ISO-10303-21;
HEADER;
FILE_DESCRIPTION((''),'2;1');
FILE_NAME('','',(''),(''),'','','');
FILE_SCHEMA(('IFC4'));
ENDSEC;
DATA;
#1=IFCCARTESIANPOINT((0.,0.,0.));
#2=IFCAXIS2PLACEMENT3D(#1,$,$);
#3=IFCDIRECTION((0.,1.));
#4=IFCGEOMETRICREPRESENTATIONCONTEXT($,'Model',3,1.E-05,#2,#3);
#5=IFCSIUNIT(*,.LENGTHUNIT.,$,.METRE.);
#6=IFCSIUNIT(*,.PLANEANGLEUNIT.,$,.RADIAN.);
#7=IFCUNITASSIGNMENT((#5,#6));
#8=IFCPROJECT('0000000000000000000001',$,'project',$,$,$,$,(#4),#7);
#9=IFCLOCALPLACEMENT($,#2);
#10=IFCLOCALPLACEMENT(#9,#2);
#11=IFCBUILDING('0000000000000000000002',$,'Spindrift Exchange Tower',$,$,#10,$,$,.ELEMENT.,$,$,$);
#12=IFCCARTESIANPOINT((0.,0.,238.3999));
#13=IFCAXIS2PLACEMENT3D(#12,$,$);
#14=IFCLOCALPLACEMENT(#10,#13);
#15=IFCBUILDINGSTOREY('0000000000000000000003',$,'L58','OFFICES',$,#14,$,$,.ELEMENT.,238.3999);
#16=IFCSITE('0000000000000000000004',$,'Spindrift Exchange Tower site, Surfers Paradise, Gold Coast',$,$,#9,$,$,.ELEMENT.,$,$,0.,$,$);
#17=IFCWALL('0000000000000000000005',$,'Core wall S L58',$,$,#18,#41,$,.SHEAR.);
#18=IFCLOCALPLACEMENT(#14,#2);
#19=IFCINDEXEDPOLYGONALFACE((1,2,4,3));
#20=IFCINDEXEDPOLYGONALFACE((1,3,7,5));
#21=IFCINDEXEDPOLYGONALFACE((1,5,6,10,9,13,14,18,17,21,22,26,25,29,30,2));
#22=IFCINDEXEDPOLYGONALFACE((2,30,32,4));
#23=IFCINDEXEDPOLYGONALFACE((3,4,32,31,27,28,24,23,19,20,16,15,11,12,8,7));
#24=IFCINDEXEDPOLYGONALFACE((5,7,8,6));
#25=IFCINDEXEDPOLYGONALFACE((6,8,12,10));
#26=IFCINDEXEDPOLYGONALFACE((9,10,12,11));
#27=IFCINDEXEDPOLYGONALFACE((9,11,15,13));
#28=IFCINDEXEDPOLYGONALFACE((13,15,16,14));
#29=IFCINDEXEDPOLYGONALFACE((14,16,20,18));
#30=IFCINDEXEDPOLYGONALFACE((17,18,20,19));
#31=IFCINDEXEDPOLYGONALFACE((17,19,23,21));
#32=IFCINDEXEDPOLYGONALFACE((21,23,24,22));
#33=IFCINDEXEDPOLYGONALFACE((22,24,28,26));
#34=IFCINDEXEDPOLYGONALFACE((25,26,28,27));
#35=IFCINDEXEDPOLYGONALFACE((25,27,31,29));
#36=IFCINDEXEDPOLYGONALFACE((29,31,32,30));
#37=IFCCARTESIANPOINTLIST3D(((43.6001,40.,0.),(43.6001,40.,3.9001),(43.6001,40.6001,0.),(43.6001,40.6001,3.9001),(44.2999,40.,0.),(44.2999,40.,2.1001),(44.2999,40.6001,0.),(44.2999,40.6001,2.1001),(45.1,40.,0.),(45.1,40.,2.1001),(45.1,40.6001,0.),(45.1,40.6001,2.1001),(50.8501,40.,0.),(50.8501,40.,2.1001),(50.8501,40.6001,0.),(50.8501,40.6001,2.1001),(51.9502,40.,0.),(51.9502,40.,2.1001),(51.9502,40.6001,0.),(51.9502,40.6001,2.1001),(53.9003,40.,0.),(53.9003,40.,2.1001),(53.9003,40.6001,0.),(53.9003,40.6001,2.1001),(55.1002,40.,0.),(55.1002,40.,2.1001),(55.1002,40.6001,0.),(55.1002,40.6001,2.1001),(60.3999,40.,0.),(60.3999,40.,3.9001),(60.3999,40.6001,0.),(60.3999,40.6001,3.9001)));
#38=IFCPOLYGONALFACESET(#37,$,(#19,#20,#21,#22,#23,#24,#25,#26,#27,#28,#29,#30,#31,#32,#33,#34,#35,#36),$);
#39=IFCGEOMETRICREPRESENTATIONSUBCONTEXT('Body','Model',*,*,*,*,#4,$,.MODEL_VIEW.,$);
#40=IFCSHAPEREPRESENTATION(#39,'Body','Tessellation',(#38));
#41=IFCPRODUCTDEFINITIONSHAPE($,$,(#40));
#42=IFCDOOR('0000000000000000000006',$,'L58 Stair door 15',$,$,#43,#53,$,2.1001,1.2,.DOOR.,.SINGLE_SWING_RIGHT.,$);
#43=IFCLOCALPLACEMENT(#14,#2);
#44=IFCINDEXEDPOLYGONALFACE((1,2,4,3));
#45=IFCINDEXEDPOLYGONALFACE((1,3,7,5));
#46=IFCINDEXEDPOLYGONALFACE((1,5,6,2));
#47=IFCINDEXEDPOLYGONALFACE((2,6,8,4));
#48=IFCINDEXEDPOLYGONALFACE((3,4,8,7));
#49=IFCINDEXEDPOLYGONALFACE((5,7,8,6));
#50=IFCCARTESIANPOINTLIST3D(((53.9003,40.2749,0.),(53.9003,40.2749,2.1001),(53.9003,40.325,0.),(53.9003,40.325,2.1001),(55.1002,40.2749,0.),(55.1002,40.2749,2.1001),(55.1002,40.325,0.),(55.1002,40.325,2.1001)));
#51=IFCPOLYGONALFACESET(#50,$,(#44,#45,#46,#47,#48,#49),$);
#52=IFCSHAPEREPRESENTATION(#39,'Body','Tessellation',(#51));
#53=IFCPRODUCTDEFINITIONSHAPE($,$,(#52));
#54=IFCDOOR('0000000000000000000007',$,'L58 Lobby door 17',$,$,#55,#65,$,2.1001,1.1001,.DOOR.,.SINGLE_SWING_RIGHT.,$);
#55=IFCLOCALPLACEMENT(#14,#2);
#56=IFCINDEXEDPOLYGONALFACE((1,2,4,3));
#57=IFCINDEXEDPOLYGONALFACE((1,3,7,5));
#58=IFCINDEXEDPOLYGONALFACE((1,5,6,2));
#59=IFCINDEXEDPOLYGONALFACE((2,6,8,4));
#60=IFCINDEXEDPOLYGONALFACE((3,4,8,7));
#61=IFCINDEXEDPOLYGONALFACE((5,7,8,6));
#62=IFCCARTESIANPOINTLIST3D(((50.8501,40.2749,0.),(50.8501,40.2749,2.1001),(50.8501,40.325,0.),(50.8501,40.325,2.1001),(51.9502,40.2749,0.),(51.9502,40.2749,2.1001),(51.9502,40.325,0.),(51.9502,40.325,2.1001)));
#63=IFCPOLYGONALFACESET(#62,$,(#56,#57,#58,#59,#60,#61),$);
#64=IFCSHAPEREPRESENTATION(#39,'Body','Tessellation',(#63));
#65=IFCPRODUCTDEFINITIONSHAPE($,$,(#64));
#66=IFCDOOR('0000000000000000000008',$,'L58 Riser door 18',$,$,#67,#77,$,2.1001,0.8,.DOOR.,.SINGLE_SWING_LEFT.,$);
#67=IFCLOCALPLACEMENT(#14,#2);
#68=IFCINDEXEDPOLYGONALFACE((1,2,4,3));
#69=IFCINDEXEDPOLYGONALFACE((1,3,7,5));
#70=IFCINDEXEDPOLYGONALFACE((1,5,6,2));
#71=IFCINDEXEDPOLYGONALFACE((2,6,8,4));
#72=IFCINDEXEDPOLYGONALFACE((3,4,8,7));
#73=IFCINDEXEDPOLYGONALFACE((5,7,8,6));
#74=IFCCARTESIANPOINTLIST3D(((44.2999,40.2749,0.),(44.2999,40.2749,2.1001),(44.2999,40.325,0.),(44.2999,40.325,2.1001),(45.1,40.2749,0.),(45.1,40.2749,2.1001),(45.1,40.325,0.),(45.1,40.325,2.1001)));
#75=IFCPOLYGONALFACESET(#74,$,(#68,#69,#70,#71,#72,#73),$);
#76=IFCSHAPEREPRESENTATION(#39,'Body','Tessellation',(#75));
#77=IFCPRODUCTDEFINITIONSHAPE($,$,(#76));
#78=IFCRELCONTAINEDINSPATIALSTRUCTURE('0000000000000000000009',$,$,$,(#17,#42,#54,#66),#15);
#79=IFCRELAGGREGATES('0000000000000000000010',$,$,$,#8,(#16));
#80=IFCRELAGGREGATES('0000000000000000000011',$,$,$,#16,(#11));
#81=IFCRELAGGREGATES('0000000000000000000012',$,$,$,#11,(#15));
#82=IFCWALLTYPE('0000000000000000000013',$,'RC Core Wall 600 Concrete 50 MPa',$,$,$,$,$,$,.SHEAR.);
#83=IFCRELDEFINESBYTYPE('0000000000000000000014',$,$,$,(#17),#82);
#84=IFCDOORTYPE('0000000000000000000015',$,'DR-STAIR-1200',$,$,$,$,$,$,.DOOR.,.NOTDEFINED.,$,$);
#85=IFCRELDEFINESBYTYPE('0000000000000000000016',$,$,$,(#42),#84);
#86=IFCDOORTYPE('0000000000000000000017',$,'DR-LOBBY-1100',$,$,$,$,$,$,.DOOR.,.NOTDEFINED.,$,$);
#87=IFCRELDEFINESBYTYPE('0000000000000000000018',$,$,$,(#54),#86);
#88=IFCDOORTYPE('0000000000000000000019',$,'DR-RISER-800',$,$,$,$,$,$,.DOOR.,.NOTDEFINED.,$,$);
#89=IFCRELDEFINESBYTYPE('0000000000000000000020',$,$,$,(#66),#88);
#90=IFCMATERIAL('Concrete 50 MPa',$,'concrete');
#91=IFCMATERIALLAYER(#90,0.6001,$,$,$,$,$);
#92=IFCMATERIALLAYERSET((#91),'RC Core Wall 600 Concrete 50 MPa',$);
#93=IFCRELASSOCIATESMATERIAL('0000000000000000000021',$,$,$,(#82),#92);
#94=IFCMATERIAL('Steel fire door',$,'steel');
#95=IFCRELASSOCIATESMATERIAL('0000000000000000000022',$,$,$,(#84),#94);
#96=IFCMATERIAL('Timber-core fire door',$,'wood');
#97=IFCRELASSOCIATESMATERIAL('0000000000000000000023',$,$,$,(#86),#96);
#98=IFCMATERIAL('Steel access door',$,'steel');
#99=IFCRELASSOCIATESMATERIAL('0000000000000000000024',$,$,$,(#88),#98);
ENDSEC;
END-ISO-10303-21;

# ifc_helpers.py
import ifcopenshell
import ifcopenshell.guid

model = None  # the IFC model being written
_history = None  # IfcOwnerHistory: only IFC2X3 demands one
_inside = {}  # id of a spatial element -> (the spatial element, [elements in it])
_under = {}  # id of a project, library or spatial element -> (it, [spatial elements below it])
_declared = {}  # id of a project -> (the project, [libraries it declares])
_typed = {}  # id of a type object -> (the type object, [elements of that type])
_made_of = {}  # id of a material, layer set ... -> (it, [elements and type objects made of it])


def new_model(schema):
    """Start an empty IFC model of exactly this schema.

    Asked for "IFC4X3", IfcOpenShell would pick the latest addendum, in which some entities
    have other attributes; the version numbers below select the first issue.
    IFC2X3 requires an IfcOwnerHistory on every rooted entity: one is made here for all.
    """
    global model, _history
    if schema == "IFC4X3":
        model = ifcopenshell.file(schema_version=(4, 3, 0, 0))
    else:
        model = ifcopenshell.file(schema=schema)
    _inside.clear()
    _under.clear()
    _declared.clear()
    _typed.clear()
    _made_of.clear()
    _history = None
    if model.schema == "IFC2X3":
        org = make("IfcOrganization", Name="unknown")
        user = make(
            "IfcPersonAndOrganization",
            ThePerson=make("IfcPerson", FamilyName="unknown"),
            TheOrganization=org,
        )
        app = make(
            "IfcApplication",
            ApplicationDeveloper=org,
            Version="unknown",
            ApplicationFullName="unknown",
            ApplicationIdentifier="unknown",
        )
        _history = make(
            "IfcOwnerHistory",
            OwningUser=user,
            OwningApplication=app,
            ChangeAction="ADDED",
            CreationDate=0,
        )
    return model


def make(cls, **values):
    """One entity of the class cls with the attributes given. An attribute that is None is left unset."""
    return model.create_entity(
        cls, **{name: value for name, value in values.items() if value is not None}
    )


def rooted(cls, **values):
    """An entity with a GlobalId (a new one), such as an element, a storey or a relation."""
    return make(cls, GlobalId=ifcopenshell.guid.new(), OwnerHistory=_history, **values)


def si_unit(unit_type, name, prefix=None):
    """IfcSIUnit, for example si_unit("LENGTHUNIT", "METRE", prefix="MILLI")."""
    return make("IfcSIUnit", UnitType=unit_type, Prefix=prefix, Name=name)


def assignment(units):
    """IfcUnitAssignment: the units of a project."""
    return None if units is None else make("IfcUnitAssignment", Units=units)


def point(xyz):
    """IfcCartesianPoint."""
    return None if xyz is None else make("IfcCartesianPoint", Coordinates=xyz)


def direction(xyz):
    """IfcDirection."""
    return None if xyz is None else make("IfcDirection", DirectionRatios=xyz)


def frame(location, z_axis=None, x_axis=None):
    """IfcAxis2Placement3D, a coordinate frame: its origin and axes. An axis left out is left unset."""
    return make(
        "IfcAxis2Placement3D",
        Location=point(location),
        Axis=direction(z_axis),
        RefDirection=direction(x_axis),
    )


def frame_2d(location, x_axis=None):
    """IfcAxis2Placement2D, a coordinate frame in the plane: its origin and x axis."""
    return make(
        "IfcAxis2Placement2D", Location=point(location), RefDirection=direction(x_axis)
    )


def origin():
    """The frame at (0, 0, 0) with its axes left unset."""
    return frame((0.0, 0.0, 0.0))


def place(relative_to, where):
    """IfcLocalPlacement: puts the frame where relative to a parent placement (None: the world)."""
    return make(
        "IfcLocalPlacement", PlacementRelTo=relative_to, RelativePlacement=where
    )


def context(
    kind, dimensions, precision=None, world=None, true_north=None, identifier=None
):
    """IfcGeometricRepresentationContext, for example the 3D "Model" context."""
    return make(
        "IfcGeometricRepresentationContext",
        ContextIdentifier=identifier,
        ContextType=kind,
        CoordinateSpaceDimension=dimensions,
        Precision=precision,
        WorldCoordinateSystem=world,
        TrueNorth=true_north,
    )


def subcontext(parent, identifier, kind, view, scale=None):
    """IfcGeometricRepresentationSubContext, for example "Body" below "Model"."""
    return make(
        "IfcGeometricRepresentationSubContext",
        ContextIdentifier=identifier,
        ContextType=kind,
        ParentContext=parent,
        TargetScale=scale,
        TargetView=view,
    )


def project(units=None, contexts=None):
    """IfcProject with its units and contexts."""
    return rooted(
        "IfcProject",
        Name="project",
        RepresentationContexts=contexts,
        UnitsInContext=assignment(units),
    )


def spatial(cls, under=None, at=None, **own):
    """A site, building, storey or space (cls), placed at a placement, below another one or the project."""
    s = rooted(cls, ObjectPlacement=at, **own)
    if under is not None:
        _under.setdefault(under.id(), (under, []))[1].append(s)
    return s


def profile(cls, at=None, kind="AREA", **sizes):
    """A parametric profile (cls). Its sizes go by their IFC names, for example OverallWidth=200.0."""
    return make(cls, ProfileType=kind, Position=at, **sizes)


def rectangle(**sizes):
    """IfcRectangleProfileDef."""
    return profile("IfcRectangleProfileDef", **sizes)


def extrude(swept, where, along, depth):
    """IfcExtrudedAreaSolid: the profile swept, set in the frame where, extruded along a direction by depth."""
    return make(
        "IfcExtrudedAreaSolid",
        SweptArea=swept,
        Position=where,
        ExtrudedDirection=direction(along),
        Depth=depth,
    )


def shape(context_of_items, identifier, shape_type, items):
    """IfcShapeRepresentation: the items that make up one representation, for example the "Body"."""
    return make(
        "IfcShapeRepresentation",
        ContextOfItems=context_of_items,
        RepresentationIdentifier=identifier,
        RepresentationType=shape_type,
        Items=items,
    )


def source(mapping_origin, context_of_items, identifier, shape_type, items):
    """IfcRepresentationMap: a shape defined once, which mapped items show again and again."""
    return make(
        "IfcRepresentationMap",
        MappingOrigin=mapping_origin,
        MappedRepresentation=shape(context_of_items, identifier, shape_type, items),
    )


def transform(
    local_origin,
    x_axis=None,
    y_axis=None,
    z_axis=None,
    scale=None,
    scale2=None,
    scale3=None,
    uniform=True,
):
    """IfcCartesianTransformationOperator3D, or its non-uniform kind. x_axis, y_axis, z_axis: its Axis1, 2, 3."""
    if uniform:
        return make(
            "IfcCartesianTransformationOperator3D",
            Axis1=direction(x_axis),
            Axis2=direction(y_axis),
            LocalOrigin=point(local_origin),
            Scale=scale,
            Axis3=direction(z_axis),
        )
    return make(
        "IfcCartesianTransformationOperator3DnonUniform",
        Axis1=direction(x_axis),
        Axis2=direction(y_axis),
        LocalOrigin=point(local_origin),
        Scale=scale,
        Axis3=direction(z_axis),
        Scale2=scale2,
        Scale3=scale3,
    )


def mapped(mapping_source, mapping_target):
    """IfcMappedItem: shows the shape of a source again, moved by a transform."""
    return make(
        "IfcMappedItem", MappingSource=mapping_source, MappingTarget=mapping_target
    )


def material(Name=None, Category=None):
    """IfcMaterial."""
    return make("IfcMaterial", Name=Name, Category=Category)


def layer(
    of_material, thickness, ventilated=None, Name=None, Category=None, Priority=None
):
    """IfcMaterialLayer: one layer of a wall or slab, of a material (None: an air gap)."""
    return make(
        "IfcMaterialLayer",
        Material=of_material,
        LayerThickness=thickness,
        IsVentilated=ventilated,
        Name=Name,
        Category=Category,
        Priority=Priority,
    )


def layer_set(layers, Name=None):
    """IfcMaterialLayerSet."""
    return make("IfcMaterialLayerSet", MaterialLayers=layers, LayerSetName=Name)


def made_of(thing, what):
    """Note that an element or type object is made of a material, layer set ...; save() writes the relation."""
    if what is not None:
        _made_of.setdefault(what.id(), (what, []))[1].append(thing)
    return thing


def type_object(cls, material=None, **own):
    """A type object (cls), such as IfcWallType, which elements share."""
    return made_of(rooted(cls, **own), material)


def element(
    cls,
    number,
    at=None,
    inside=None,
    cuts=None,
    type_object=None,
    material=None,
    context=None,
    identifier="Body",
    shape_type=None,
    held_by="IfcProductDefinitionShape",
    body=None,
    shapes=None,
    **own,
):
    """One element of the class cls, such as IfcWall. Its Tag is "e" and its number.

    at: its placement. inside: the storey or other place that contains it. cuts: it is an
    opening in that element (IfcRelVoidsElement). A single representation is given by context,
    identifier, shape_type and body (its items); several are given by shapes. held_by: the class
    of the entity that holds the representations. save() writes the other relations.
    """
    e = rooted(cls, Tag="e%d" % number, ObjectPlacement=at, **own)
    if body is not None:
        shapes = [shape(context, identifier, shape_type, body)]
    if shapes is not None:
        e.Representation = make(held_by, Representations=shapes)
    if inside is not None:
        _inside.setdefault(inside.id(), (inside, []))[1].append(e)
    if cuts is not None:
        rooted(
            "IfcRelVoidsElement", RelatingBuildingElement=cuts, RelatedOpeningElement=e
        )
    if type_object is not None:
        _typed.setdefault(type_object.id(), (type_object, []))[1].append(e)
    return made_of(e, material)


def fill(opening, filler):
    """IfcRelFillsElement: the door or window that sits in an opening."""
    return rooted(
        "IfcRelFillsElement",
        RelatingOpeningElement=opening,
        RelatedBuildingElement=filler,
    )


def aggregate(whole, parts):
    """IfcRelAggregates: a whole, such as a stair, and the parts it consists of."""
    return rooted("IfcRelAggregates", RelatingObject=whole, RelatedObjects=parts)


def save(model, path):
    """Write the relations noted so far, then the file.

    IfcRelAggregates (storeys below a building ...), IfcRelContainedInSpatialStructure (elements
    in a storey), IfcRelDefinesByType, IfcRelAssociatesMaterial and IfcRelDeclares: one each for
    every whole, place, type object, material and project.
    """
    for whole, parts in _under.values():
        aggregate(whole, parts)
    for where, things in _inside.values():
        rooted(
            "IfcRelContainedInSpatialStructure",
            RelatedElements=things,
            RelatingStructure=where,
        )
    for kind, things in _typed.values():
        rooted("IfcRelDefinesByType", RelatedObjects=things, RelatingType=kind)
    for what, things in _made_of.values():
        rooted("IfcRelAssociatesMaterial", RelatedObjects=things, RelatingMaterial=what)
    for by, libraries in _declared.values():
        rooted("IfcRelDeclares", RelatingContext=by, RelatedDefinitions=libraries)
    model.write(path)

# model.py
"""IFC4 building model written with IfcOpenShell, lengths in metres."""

from ifc_helpers import new_model, si_unit, direction, frame, frame_2d, origin, place, context, subcontext, project, spatial, rectangle, extrude, source, transform, mapped, material, layer, layer_set, type_object, element, fill, save


model = new_model("IFC4")

# Units and contexts
model_context = context("Model", 3, precision=1e-05, world=origin(), true_north=direction((0.0, 1.0)))
body_context = subcontext(model_context, "Body", "Model", "MODEL_VIEW")
ifc_project = project(units=[si_unit("LENGTHUNIT", "METRE"), si_unit("PLANEANGLEUNIT", "RADIAN")], contexts=[model_context])

# Site, building, storey
site_placement = place(None, origin())
site = spatial("IfcSite", under=ifc_project, at=site_placement, Name="Spindrift Exchange Tower site, Surfers Paradise, Gold Coast", CompositionType="ELEMENT", RefElevation=0.0)
building_placement = place(site_placement, origin())
building = spatial("IfcBuilding", under=site, at=building_placement, Name="Spindrift Exchange Tower", CompositionType="ELEMENT")
storey_placement = place(building_placement, frame((0.0, 0.0, 238.3999)))
storey = spatial("IfcBuildingStorey", under=building, at=storey_placement, Name="L58", Description="OFFICES", CompositionType="ELEMENT", Elevation=238.3999)

# Wall, openings, doors
ifc_material_1 = material(Name="Concrete 50 MPa", Category="concrete")
ifc_layer_1 = layer(ifc_material_1, 0.6001)
ifc_layer_set_1 = layer_set([ifc_layer_1], Name="RC Core Wall 600 Concrete 50 MPa")
wall_type_1 = type_object("IfcWallType", Name="RC Core Wall 600 Concrete 50 MPa", PredefinedType="SHEAR", material=ifc_layer_set_1)
wall_1_placement = place(storey_placement, frame((43.6001, 40.3, 0.0), z_axis=(0.0, 0.0, 1.0), x_axis=(1.0, 0.0, 0.0)))
wall_1 = element("IfcWall", 1, at=wall_1_placement, inside=storey, type_object=wall_type_1, Name="Core wall S L58", PredefinedType="SHEAR", context=body_context, shape_type="SweptSolid", body=[
    extrude(rectangle(XDim=16.7998, YDim=0.6001, at=frame_2d((8.3999, 0.0))), origin(), (0.0, 0.0, 1.0), 3.9001),
])
opening_1_placement = place(wall_1_placement, frame((10.3, 0.0, 0.0)))
opening_1 = element("IfcOpeningElement", 2, at=opening_1_placement, cuts=wall_1, PredefinedType="OPENING", context=body_context, shape_type="SweptSolid", body=[
    extrude(rectangle(XDim=1.2, YDim=2.1001, at=frame_2d((0.6001, 1.05))), frame((0.0, 0.3101, 0.0), z_axis=(0.0, -1.0, 0.0), x_axis=(1.0, 0.0, 0.0)), (0.0, 0.0, 1.0), 0.6201),
])
opening_2_placement = place(wall_1_placement, frame((7.25, 0.0, 0.0)))
opening_2 = element("IfcOpeningElement", 3, at=opening_2_placement, cuts=wall_1, PredefinedType="OPENING", context=body_context, shape_type="SweptSolid", body=[
    extrude(rectangle(XDim=1.1001, YDim=2.1001, at=frame_2d((0.55, 1.05))), frame((0.0, 0.3101, 0.0), z_axis=(0.0, -1.0, 0.0), x_axis=(1.0, 0.0, 0.0)), (0.0, 0.0, 1.0), 0.6201),
])
opening_3_placement = place(wall_1_placement, frame((0.7, 0.0, 0.0)))
opening_3 = element("IfcOpeningElement", 4, at=opening_3_placement, cuts=wall_1, PredefinedType="OPENING", context=body_context, shape_type="SweptSolid", body=[
    extrude(rectangle(XDim=0.8, YDim=2.1001, at=frame_2d((0.3999, 1.05))), frame((0.0, 0.3101, 0.0), z_axis=(0.0, -1.0, 0.0), x_axis=(1.0, 0.0, 0.0)), (0.0, 0.0, 1.0), 0.6201),
])
ifc_material_2 = material(Name="Steel fire door", Category="steel")
door_type_1 = type_object("IfcDoorType", Name="DR-STAIR-1200", OperationType="NOTDEFINED", PredefinedType="DOOR", material=ifc_material_2)
shared_shape_1 = source(origin(), body_context, "Body", "SweptSolid", [
    extrude(rectangle(XDim=1.2, YDim=2.1001, at=frame_2d((0.6001, 1.05))), frame((0.0, 0.0249, 0.0), z_axis=(0.0, -1.0, 0.0), x_axis=(1.0, 0.0, 0.0)), (0.0, 0.0, 1.0), 0.05),
])
door_1_placement = place(opening_1_placement, origin())
door_1 = element("IfcDoor", 5, at=door_1_placement, inside=storey, type_object=door_type_1, Name="L58 Stair door 15", OperationType="SINGLE_SWING_RIGHT", OverallHeight=2.1001, OverallWidth=1.2, PredefinedType="DOOR", context=body_context, shape_type="MappedRepresentation", body=[
    mapped(shared_shape_1, transform((0.0, 0.0, 0.0), scale=1.0)),
])
fill(opening_1, door_1)
ifc_material_3 = material(Name="Timber-core fire door", Category="wood")
door_type_2 = type_object("IfcDoorType", Name="DR-LOBBY-1100", OperationType="NOTDEFINED", PredefinedType="DOOR", material=ifc_material_3)
shared_shape_2 = source(origin(), body_context, "Body", "SweptSolid", [
    extrude(rectangle(XDim=1.1001, YDim=2.1001, at=frame_2d((0.55, 1.05))), frame((0.0, 0.0249, 0.0), z_axis=(0.0, -1.0, 0.0), x_axis=(1.0, 0.0, 0.0)), (0.0, 0.0, 1.0), 0.05),
])
door_2_placement = place(opening_2_placement, origin())
door_2 = element("IfcDoor", 6, at=door_2_placement, inside=storey, type_object=door_type_2, Name="L58 Lobby door 17", OperationType="SINGLE_SWING_RIGHT", OverallHeight=2.1001, OverallWidth=1.1001, PredefinedType="DOOR", context=body_context, shape_type="MappedRepresentation", body=[
    mapped(shared_shape_2, transform((0.0, 0.0, 0.0), scale=1.0)),
])
fill(opening_2, door_2)
ifc_material_4 = material(Name="Steel access door", Category="steel")
door_type_3 = type_object("IfcDoorType", Name="DR-RISER-800", OperationType="NOTDEFINED", PredefinedType="DOOR", material=ifc_material_4)
shared_shape_3 = source(origin(), body_context, "Body", "SweptSolid", [
    extrude(rectangle(XDim=0.8, YDim=2.1001, at=frame_2d((0.3999, 1.05))), frame((0.0, 0.0249, 0.0), z_axis=(0.0, -1.0, 0.0), x_axis=(1.0, 0.0, 0.0)), (0.0, 0.0, 1.0), 0.05),
])
door_3_placement = place(opening_3_placement, origin())
door_3 = element("IfcDoor", 7, at=door_3_placement, inside=storey, type_object=door_type_3, Name="L58 Riser door 18", OperationType="SINGLE_SWING_LEFT", OverallHeight=2.1001, OverallWidth=0.8, PredefinedType="DOOR", context=body_context, shape_type="MappedRepresentation", body=[
    mapped(shared_shape_3, transform((0.0, 0.0, 0.0), scale=1.0)),
])
fill(opening_3, door_3)

save(model, "model.ifc")
